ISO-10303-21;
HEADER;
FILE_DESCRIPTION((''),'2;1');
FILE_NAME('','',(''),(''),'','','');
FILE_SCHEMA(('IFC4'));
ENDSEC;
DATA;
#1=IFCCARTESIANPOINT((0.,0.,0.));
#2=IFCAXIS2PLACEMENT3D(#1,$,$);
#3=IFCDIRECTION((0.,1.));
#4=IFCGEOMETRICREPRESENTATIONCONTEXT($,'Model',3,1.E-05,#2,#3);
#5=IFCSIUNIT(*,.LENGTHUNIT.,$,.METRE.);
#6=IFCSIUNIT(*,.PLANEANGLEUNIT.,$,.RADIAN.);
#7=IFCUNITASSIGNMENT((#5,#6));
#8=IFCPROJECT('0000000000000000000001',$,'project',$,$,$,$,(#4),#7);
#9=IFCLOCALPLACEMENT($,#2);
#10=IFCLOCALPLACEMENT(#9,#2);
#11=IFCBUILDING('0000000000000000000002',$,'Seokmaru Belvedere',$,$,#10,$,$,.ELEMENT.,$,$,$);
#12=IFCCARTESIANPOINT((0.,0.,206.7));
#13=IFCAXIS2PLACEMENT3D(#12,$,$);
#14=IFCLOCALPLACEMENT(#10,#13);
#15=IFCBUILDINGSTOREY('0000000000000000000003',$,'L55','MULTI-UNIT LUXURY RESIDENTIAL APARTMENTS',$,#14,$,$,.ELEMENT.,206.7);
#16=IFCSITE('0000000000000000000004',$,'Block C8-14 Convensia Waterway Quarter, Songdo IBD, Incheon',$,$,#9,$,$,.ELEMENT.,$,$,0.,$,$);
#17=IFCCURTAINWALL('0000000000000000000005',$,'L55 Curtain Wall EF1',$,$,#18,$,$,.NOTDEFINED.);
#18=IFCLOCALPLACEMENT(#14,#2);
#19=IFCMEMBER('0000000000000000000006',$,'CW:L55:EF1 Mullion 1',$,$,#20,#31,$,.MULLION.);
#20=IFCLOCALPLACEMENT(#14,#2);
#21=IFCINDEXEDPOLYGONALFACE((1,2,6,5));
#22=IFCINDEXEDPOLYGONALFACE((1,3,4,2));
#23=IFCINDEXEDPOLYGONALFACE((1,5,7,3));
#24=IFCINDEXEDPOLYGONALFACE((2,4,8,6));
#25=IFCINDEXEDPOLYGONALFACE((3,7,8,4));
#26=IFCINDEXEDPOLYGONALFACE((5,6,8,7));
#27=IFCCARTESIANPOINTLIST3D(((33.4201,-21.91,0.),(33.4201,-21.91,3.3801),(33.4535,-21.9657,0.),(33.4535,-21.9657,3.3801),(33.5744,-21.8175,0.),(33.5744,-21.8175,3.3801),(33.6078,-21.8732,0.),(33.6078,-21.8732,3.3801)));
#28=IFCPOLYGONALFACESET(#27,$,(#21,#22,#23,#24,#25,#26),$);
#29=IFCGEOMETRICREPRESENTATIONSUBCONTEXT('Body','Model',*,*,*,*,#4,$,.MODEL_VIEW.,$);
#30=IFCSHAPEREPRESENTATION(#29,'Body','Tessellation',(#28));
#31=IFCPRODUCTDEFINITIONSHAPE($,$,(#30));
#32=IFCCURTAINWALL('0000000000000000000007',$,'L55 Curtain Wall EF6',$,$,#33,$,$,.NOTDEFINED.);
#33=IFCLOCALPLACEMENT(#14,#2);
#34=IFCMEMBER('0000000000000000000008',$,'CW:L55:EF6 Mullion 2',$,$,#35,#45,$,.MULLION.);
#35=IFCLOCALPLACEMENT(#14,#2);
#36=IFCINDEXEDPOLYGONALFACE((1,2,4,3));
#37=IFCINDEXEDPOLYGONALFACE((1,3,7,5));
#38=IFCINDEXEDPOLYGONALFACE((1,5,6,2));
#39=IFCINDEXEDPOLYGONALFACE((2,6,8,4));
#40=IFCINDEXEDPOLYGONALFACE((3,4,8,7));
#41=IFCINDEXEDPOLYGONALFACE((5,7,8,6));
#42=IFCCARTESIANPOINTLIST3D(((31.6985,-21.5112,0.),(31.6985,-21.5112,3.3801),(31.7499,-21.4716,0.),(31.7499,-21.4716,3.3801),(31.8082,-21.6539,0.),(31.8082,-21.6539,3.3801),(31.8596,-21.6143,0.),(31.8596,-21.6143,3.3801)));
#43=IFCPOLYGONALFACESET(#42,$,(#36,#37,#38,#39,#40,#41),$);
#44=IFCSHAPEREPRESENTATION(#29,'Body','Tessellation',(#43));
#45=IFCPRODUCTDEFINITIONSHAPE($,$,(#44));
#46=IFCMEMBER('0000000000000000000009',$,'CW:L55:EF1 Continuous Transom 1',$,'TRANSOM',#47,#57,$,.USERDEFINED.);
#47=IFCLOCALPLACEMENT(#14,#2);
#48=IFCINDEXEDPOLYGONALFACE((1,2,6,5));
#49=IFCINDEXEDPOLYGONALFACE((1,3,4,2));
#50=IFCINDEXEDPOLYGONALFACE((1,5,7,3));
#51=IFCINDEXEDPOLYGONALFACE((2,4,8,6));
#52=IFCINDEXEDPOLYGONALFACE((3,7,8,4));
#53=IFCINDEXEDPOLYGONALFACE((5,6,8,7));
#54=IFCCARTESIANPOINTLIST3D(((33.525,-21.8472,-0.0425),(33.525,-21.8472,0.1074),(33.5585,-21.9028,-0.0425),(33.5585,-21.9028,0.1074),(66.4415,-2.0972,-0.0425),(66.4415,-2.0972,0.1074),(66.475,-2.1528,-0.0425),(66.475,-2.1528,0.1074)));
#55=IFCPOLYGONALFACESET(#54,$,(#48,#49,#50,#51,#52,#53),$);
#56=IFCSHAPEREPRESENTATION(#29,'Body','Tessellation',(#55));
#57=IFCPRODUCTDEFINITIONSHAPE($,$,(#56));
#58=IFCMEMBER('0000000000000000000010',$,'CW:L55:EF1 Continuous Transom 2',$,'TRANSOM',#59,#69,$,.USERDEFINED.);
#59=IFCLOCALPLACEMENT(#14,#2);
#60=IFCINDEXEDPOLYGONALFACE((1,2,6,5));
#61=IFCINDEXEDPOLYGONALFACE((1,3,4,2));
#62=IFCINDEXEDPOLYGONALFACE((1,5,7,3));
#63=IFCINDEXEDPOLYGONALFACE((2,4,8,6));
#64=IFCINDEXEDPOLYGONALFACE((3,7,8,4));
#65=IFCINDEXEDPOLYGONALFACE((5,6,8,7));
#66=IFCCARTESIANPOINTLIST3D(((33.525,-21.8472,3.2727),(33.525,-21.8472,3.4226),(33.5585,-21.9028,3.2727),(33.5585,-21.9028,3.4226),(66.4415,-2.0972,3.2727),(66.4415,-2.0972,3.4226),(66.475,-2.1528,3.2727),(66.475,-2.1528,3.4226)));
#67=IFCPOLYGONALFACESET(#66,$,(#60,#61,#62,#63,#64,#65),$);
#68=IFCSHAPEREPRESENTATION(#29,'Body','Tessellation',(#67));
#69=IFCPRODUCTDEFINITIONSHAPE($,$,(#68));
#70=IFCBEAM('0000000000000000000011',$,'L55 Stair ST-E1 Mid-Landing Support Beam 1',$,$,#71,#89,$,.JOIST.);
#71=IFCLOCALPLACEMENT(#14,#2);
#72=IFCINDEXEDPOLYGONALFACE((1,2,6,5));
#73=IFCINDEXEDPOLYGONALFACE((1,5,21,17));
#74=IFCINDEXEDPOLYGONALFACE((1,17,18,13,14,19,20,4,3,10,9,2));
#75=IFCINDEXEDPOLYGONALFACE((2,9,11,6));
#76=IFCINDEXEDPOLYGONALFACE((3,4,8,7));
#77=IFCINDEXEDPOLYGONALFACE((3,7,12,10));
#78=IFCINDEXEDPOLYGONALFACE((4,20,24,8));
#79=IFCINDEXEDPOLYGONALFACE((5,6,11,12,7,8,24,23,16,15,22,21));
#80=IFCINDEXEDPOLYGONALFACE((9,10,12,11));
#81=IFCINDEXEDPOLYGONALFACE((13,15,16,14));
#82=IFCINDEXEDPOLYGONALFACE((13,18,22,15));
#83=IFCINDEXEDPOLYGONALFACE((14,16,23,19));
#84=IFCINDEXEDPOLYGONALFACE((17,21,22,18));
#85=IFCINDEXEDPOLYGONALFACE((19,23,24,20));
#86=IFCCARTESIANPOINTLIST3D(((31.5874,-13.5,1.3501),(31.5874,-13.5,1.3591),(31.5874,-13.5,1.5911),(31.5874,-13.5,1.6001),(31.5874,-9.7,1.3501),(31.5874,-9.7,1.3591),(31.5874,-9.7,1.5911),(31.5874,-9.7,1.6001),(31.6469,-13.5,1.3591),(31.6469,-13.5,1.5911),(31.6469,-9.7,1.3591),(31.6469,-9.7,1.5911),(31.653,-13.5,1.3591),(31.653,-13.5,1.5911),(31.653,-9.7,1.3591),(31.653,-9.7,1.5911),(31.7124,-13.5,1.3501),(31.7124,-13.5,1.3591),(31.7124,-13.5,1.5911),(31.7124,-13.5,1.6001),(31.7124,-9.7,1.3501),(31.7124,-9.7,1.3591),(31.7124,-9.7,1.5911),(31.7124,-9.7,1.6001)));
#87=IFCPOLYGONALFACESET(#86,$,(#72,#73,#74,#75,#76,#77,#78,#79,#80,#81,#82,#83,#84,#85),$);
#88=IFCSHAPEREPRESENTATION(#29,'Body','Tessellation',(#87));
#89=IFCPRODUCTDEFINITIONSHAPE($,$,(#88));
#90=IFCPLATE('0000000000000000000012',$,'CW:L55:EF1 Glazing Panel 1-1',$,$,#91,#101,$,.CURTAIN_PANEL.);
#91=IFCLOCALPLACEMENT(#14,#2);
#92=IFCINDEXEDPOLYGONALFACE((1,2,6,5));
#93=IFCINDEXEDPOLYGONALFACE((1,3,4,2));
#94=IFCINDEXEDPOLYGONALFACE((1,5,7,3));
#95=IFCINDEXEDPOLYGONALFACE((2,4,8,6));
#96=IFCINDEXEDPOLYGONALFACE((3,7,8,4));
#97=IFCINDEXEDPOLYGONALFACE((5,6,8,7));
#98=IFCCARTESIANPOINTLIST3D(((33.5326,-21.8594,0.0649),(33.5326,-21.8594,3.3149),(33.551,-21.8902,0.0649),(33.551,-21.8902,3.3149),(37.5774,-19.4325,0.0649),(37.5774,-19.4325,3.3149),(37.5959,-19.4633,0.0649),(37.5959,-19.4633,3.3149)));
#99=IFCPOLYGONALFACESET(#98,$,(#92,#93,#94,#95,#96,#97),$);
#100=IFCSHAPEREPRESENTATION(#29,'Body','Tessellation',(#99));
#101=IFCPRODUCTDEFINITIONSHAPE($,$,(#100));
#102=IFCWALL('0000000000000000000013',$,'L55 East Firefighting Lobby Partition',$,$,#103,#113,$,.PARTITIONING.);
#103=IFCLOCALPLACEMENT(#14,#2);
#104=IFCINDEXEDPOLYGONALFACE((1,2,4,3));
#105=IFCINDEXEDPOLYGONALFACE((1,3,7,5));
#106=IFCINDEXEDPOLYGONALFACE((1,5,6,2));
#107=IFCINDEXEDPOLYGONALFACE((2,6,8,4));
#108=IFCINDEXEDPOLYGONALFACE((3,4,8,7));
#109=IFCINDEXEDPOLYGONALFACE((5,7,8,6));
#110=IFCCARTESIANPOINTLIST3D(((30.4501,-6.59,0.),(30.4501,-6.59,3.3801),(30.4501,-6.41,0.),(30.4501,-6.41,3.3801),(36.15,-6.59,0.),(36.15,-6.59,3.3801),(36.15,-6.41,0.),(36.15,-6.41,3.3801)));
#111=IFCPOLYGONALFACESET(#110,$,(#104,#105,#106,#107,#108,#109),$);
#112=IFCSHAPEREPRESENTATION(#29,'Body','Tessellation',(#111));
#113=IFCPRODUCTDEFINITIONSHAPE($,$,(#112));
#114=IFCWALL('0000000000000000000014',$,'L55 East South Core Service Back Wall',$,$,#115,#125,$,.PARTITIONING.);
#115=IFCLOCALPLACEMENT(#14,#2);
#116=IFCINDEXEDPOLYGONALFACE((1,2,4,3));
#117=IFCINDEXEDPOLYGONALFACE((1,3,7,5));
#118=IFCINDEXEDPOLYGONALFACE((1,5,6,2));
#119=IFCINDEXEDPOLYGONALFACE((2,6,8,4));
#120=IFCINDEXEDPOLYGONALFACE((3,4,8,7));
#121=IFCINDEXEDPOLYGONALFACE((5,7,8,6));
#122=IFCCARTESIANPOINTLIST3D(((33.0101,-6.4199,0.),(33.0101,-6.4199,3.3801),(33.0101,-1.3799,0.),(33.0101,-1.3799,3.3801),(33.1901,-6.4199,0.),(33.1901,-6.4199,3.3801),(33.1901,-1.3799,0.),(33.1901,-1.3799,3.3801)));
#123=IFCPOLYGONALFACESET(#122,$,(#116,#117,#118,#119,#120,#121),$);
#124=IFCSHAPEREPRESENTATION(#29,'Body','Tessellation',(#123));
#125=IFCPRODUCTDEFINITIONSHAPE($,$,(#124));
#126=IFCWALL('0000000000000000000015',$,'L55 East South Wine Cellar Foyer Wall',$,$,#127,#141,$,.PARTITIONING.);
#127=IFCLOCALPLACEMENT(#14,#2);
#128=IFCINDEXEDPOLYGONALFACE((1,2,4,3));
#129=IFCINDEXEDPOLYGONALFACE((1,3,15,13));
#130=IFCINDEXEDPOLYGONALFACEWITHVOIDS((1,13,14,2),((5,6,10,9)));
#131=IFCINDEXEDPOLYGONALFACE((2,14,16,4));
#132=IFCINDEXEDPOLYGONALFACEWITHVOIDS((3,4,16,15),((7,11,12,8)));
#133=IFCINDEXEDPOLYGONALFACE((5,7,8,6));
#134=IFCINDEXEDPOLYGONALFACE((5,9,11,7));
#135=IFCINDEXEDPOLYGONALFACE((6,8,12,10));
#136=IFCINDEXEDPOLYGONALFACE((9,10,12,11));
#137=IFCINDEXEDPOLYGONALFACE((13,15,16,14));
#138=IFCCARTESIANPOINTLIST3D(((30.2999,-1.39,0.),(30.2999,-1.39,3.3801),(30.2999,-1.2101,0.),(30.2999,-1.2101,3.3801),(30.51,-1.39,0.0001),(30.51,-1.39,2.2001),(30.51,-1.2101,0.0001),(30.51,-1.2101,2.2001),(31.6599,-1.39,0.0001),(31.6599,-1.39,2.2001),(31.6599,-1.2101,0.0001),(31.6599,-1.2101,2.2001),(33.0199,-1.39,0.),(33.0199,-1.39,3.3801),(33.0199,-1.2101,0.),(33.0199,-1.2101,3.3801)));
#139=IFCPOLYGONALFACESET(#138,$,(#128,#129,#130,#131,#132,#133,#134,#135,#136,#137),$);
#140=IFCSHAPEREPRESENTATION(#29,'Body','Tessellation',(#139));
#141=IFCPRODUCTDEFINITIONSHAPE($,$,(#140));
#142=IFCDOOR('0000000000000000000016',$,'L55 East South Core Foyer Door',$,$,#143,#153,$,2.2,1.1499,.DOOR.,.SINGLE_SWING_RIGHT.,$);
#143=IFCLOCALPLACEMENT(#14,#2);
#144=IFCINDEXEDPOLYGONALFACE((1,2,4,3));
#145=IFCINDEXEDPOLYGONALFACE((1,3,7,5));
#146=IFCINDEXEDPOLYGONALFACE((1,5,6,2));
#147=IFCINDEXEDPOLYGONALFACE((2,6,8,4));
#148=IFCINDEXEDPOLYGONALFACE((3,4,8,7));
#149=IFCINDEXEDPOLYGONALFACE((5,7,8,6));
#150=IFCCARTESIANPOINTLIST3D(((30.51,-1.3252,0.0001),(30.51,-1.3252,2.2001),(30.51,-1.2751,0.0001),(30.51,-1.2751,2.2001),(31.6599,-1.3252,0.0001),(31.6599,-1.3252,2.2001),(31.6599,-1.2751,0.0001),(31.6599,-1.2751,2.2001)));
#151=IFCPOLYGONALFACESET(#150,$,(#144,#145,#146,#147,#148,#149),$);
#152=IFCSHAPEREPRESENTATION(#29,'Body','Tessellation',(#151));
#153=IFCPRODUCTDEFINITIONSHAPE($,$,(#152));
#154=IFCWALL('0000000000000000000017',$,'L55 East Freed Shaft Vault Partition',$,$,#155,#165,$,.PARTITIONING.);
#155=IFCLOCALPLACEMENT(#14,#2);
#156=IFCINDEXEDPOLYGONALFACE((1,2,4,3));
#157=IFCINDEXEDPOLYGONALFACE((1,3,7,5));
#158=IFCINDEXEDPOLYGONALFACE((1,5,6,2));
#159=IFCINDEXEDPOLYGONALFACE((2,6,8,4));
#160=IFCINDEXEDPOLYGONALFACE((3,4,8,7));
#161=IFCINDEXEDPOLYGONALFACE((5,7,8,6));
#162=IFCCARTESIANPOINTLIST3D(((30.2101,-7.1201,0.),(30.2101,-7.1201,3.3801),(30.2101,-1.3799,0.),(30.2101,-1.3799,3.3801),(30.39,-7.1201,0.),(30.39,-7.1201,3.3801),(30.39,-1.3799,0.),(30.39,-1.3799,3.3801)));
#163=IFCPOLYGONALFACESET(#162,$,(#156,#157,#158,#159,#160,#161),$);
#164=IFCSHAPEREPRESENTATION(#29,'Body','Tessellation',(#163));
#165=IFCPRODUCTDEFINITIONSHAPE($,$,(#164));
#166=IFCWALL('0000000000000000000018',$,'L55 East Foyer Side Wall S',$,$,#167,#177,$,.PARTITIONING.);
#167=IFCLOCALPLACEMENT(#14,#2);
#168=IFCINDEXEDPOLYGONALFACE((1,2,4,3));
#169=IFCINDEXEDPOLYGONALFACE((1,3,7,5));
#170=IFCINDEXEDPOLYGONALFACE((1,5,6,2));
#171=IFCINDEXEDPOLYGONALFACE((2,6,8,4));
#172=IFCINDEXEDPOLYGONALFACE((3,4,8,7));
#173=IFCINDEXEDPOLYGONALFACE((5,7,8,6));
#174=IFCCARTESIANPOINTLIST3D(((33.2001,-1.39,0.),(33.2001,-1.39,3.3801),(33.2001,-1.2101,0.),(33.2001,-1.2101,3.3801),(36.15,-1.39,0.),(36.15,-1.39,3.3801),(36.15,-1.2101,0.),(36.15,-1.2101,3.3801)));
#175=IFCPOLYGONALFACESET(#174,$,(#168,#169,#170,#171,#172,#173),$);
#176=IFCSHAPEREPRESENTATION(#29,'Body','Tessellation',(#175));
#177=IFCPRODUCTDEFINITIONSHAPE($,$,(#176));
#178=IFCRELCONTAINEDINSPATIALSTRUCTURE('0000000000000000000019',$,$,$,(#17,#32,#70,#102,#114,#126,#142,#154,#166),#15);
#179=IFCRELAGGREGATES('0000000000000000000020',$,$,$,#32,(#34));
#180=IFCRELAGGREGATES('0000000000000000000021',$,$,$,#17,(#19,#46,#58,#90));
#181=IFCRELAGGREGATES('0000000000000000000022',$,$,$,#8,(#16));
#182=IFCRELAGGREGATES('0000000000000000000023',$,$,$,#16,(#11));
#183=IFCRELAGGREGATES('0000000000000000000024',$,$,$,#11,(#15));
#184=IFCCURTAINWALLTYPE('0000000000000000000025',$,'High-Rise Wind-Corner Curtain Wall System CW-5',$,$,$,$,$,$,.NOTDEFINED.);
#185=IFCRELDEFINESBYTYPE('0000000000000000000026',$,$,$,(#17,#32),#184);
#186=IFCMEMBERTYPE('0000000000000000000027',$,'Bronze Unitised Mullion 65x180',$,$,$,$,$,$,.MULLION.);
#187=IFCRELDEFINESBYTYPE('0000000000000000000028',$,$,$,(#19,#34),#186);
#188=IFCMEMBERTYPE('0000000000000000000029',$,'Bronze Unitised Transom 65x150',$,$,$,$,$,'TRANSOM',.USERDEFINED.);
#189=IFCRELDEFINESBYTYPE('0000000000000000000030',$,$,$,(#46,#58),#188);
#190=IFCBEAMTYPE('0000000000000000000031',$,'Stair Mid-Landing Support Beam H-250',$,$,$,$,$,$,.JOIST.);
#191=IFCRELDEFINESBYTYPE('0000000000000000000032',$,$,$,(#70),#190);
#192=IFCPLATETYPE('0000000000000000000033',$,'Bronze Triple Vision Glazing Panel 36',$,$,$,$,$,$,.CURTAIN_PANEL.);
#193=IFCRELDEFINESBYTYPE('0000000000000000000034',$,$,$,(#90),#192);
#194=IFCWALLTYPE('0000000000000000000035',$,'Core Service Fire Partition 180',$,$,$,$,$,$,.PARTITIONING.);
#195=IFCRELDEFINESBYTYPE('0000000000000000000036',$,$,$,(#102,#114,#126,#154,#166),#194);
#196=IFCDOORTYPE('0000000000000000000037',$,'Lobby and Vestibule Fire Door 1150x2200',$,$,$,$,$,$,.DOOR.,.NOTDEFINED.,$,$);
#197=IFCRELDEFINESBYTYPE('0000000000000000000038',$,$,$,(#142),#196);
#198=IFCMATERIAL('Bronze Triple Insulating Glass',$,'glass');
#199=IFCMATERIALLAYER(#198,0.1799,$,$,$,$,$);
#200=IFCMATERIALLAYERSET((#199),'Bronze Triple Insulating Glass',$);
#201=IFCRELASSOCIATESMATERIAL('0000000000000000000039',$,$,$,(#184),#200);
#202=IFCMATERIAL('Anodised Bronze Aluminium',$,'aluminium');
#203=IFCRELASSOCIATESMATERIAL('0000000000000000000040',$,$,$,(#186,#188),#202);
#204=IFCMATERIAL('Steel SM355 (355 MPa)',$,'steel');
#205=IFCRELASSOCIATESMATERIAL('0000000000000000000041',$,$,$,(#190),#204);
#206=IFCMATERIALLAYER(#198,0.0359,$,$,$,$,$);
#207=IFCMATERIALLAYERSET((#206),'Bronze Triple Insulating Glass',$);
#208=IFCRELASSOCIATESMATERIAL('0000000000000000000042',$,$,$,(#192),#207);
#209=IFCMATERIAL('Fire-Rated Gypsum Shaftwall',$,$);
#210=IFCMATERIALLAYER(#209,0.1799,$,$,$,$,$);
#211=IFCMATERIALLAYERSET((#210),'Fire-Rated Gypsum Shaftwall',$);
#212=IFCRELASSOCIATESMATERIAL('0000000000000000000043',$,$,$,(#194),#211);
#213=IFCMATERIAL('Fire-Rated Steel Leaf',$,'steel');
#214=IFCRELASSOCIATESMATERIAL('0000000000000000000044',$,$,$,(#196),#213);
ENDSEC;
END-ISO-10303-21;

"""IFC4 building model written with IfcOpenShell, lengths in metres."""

from ifc_helpers import new_model, si_unit, direction, frame, frame_2d, origin, origin_2d, place, context, subcontext, project, spatial, rectangle, i_section, extrude, source, transform, mapped, material, layer, layer_set, material_profile, profile_set, type_object, type_shapes, element, fill, aggregate, save


model = new_model("IFC4")

# Units and contexts
model_context = context("Model", 3, precision=1e-05, world=origin(), true_north=direction((0.0, 1.0)))
body_context = subcontext(model_context, "Body", "Model", "MODEL_VIEW")
ifc_project = project(units=[si_unit("LENGTHUNIT", "METRE"), si_unit("PLANEANGLEUNIT", "RADIAN")], contexts=[model_context])

# Site, building, storey
site_placement = place(None, origin())
site = spatial("IfcSite", under=ifc_project, at=site_placement, Name="Block C8-14 Convensia Waterway Quarter, Songdo IBD, Incheon", CompositionType="ELEMENT", RefElevation=0.0)
building_placement = place(site_placement, origin())
building = spatial("IfcBuilding", under=site, at=building_placement, Name="Seokmaru Belvedere", CompositionType="ELEMENT")
storey_placement = place(building_placement, frame((0.0, 0.0, 206.7)))
storey = spatial("IfcBuildingStorey", under=building, at=storey_placement, Name="L55", Description="MULTI-UNIT LUXURY RESIDENTIAL APARTMENTS", CompositionType="ELEMENT", Elevation=206.7)

# Shared definitions
ifc_material_1 = material(Name="Steel SM355 (355 MPa)", Category="steel")

# Curtain walls, members
ifc_material_2 = material(Name="Bronze Triple Insulating Glass", Category="glass")
ifc_layer_1 = layer(ifc_material_2, 0.1799)
ifc_layer_set_1 = layer_set([ifc_layer_1], Name="Bronze Triple Insulating Glass")
curtain_wall_type = type_object("IfcCurtainWallType", Name="High-Rise Wind-Corner Curtain Wall System CW-5", PredefinedType="NOTDEFINED", material=ifc_layer_set_1)
curtain_wall_1_placement = place(storey_placement, origin())
curtain_wall_1 = element("IfcCurtainWall", 1, at=curtain_wall_1_placement, inside=storey, type_object=curtain_wall_type, Name="L55 Curtain Wall EF1", PredefinedType="NOTDEFINED")
ifc_material_3 = material(Name="Anodised Bronze Aluminium", Category="aluminium")
ifc_material_profile_1 = material_profile(ifc_material_3, rectangle(XDim=0.0649, YDim=0.1799, at=origin_2d()), Name="CW-M-65x180")
ifc_profile_set_1 = profile_set([ifc_material_profile_1], Name="Anodised Bronze Aluminium")
member_type_1 = type_object("IfcMemberType", Name="Bronze Unitised Mullion 65x180", PredefinedType="MULLION", material=ifc_profile_set_1)
shared_shape_1 = source(origin(), body_context, "Body", "SweptSolid", [
    extrude(rectangle(XDim=0.0649, YDim=0.1799, at=origin_2d()), origin(), (0.0, 0.0, 1.0), 3.3801),
])
type_shapes(member_type_1, [shared_shape_1])
member_1_placement = place(storey_placement, frame((33.5139, -21.8916, 0.0), z_axis=(0.0, 0.0, 1.0), x_axis=(-0.514495, 0.857493, 0.0)))
member_1 = element("IfcMember", 2, at=member_1_placement, type_object=member_type_1, Name="CW:L55:EF1 Mullion 1", PredefinedType="MULLION", context=body_context, shape_type="MappedRepresentation", body=[
    mapped(shared_shape_1, transform((0.0, 0.0, 0.0), scale=1.0)),
])
curtain_wall_2_placement = place(storey_placement, origin())
curtain_wall_2 = element("IfcCurtainWall", 3, at=curtain_wall_2_placement, inside=storey, type_object=curtain_wall_type, Name="L55 Curtain Wall EF6", PredefinedType="NOTDEFINED")
member_2_placement = place(storey_placement, frame((31.7791, -21.5627, 0.0), z_axis=(0.0, 0.0, 1.0), x_axis=(0.792631, 0.609701, 0.0)))
member_2 = element("IfcMember", 4, at=member_2_placement, type_object=member_type_1, Name="CW:L55:EF6 Mullion 2", PredefinedType="MULLION", context=body_context, shape_type="MappedRepresentation", body=[
    mapped(shared_shape_1, transform((0.0, 0.0, 0.0), scale=1.0)),
])
aggregate(curtain_wall_2, [member_2])

# Members
ifc_material_profile_2 = material_profile(ifc_material_3, rectangle(XDim=0.0649, YDim=0.1499, at=origin_2d()), Name="CW-T-65x150")
ifc_profile_set_2 = profile_set([ifc_material_profile_2], Name="Anodised Bronze Aluminium")
member_type_2 = type_object("IfcMemberType", Name="Bronze Unitised Transom 65x150", ElementType="TRANSOM", PredefinedType="USERDEFINED", material=ifc_profile_set_2)
shared_shape_2 = source(origin(), body_context, "Body", "SweptSolid", [
    extrude(rectangle(XDim=0.0649, YDim=0.1499, at=origin_2d()), origin(), (0.0, 0.0, 1.0), 38.387),
])
type_shapes(member_type_2, [shared_shape_2])
member_3_placement = place(storey_placement, frame((33.5417, -21.875, 0.0325), z_axis=(0.857492, 0.514498, 0.0), x_axis=(-0.514498, 0.857492, 0.0)))
member_3 = element("IfcMember", 5, at=member_3_placement, type_object=member_type_2, Name="CW:L55:EF1 Continuous Transom 1", ObjectType="TRANSOM", PredefinedType="USERDEFINED", context=body_context, shape_type="MappedRepresentation", body=[
    mapped(shared_shape_2, transform((0.0, 0.0, 0.0), scale=1.0)),
])
member_4_placement = place(storey_placement, frame((33.5417, -21.875, 3.3477), z_axis=(0.857492, 0.514498, 0.0), x_axis=(-0.514498, 0.857492, 0.0)))
member_4 = element("IfcMember", 6, at=member_4_placement, type_object=member_type_2, Name="CW:L55:EF1 Continuous Transom 2", ObjectType="TRANSOM", PredefinedType="USERDEFINED", context=body_context, shape_type="MappedRepresentation", body=[
    mapped(shared_shape_2, transform((0.0, 0.0, 0.0), scale=1.0)),
])

# Beam
ifc_material_profile_3 = material_profile(ifc_material_1, i_section(OverallWidth=0.125, OverallDepth=0.25, WebThickness=0.0061, FlangeThickness=0.009, at=origin_2d()), Name="H-250x125x6x9")
ifc_profile_set_3 = profile_set([ifc_material_profile_3], Name="Steel SM355 (355 MPa)")
beam_type_1 = type_object("IfcBeamType", Name="Stair Mid-Landing Support Beam H-250", PredefinedType="JOIST", material=ifc_profile_set_3)
shared_shape_3 = source(origin(), body_context, "Body", "SweptSolid", [
    extrude(i_section(OverallWidth=0.125, OverallDepth=0.25, WebThickness=0.0061, FlangeThickness=0.009, at=origin_2d()), origin(), (0.0, 0.0, 1.0), 3.8),
])
type_shapes(beam_type_1, [shared_shape_3])
beam_1_placement = place(storey_placement, frame((31.6499, -13.5, 1.4751), z_axis=(0.0, 1.0, 0.0), x_axis=(-1.0, 0.0, 0.0)))
element("IfcBeam", 7, at=beam_1_placement, inside=storey, type_object=beam_type_1, Name="L55 Stair ST-E1 Mid-Landing Support Beam 1", PredefinedType="JOIST", context=body_context, shape_type="MappedRepresentation", body=[
    mapped(shared_shape_3, transform((0.0, 0.0, 0.0), scale=1.0)),
])

# Plate
ifc_layer_2 = layer(ifc_material_2, 0.0359)
ifc_layer_set_2 = layer_set([ifc_layer_2], Name="Bronze Triple Insulating Glass")
plate_type = type_object("IfcPlateType", Name="Bronze Triple Vision Glazing Panel 36", PredefinedType="CURTAIN_PANEL", material=ifc_layer_set_2)
shared_shape_4 = source(origin(), body_context, "Body", "SweptSolid", [
    extrude(rectangle(XDim=4.717, YDim=0.0359, at=origin_2d()), origin(), (0.0, 0.0, 1.0), 3.25),
])
type_shapes(plate_type, [shared_shape_4])
plate_placement = place(storey_placement, frame((35.5642, -20.6614, 0.0649), z_axis=(0.0, 0.0, 1.0), x_axis=(0.857493, 0.514495, 0.0)))
plate = element("IfcPlate", 8, at=plate_placement, type_object=plate_type, Name="CW:L55:EF1 Glazing Panel 1-1", PredefinedType="CURTAIN_PANEL", context=body_context, shape_type="MappedRepresentation", body=[
    mapped(shared_shape_4, transform((0.0, 0.0, 0.0), scale=1.0)),
])
aggregate(curtain_wall_1, [member_1, member_3, member_4, plate])

# Walls
ifc_material_4 = material(Name="Fire-Rated Gypsum Shaftwall")
ifc_layer_3 = layer(ifc_material_4, 0.1799)
ifc_layer_set_3 = layer_set([ifc_layer_3], Name="Fire-Rated Gypsum Shaftwall")
wall_type_1 = type_object("IfcWallType", Name="Core Service Fire Partition 180", PredefinedType="PARTITIONING", material=ifc_layer_set_3)
wall_1_placement = place(storey_placement, frame((30.45, -6.5, 0.0), z_axis=(0.0, 0.0, 1.0), x_axis=(1.0, 0.0, 0.0)))
element("IfcWall", 9, at=wall_1_placement, inside=storey, type_object=wall_type_1, Name="L55 East Firefighting Lobby Partition", PredefinedType="PARTITIONING", context=body_context, shape_type="SweptSolid", body=[
    extrude(rectangle(XDim=5.7, YDim=0.1799, at=frame_2d((2.8501, 0.0))), origin(), (0.0, 0.0, 1.0), 3.3801),
])
wall_2_placement = place(storey_placement, frame((33.1001, -6.4199, 0.0), z_axis=(0.0, 0.0, 1.0), x_axis=(0.0, 1.0, 0.0)))
element("IfcWall", 10, at=wall_2_placement, inside=storey, type_object=wall_type_1, Name="L55 East South Core Service Back Wall", PredefinedType="PARTITIONING", context=body_context, shape_type="SweptSolid", body=[
    extrude(rectangle(XDim=5.04, YDim=0.1799, at=frame_2d((2.52, 0.0))), origin(), (0.0, 0.0, 1.0), 3.3801),
])

# Wall, opening, door
wall_3_placement = place(storey_placement, frame((30.3, -1.3, 0.0), z_axis=(0.0, 0.0, 1.0), x_axis=(1.0, 0.0, 0.0)))
wall_3 = element("IfcWall", 11, at=wall_3_placement, inside=storey, type_object=wall_type_1, Name="L55 East South Wine Cellar Foyer Wall", PredefinedType="PARTITIONING", context=body_context, shape_type="SweptSolid", body=[
    extrude(rectangle(XDim=2.72, YDim=0.1799, at=frame_2d((1.3599, 0.0))), origin(), (0.0, 0.0, 1.0), 3.3801),
])
opening_1_placement = place(wall_3_placement, frame((0.21, 0.0, 0.0)))
opening_1 = element("IfcOpeningElement", 12, at=opening_1_placement, cuts=wall_3, PredefinedType="OPENING", context=body_context, shape_type="SweptSolid", body=[
    extrude(rectangle(XDim=1.1499, YDim=2.2, at=frame_2d((0.575, 1.1001))), frame((0.0, 0.1001, 0.0), z_axis=(0.0, -1.0, 0.0), x_axis=(1.0, 0.0, 0.0)), (0.0, 0.0, 1.0), 0.2),
])
ifc_material_5 = material(Name="Fire-Rated Steel Leaf", Category="steel")
door_type_1 = type_object("IfcDoorType", Name="Lobby and Vestibule Fire Door 1150x2200", OperationType="NOTDEFINED", PredefinedType="DOOR", material=ifc_material_5)
shared_shape_5 = source(origin(), body_context, "Body", "SweptSolid", [
    extrude(rectangle(XDim=1.1499, YDim=2.2, at=frame_2d((0.575, 1.1001))), frame((0.0, 0.0249, 0.0), z_axis=(0.0, -1.0, 0.0), x_axis=(1.0, 0.0, 0.0)), (0.0, 0.0, 1.0), 0.05),
])
type_shapes(door_type_1, [shared_shape_5])
door_1_placement = place(opening_1_placement, origin())
door_1 = element("IfcDoor", 13, at=door_1_placement, inside=storey, type_object=door_type_1, Name="L55 East South Core Foyer Door", OperationType="SINGLE_SWING_RIGHT", OverallHeight=2.2, OverallWidth=1.1499, PredefinedType="DOOR", context=body_context, shape_type="MappedRepresentation", body=[
    mapped(shared_shape_5, transform((0.0, 0.0, 0.0), scale=1.0)),
])
fill(opening_1, door_1)

# Walls
wall_4_placement = place(storey_placement, frame((30.3, -7.1201, 0.0), z_axis=(0.0, 0.0, 1.0), x_axis=(0.0, 1.0, 0.0)))
element("IfcWall", 14, at=wall_4_placement, inside=storey, type_object=wall_type_1, Name="L55 East Freed Shaft Vault Partition", PredefinedType="PARTITIONING", context=body_context, shape_type="SweptSolid", body=[
    extrude(rectangle(XDim=5.7402, YDim=0.1799, at=frame_2d((2.8701, 0.0))), origin(), (0.0, 0.0, 1.0), 3.3801),
])
for number, where, z_axis, x_axis, name in (
    (15, (33.2, -1.3, 0.0), (0.0, 0.0, 1.0), (1.0, 0.0, 0.0), "L55 East Foyer Side Wall S"),
):
    element("IfcWall", number, at=place(storey_placement, frame(where, z_axis=z_axis, x_axis=x_axis)), inside=storey, type_object=wall_type_1, Name=name, PredefinedType="PARTITIONING", context=body_context, shape_type="SweptSolid", body=[
        extrude(rectangle(XDim=2.95, YDim=0.1799, at=frame_2d((1.4751, 0.0))), origin(), (0.0, 0.0, 1.0), 3.3801),
    ])

save(model, "model.ifc")
